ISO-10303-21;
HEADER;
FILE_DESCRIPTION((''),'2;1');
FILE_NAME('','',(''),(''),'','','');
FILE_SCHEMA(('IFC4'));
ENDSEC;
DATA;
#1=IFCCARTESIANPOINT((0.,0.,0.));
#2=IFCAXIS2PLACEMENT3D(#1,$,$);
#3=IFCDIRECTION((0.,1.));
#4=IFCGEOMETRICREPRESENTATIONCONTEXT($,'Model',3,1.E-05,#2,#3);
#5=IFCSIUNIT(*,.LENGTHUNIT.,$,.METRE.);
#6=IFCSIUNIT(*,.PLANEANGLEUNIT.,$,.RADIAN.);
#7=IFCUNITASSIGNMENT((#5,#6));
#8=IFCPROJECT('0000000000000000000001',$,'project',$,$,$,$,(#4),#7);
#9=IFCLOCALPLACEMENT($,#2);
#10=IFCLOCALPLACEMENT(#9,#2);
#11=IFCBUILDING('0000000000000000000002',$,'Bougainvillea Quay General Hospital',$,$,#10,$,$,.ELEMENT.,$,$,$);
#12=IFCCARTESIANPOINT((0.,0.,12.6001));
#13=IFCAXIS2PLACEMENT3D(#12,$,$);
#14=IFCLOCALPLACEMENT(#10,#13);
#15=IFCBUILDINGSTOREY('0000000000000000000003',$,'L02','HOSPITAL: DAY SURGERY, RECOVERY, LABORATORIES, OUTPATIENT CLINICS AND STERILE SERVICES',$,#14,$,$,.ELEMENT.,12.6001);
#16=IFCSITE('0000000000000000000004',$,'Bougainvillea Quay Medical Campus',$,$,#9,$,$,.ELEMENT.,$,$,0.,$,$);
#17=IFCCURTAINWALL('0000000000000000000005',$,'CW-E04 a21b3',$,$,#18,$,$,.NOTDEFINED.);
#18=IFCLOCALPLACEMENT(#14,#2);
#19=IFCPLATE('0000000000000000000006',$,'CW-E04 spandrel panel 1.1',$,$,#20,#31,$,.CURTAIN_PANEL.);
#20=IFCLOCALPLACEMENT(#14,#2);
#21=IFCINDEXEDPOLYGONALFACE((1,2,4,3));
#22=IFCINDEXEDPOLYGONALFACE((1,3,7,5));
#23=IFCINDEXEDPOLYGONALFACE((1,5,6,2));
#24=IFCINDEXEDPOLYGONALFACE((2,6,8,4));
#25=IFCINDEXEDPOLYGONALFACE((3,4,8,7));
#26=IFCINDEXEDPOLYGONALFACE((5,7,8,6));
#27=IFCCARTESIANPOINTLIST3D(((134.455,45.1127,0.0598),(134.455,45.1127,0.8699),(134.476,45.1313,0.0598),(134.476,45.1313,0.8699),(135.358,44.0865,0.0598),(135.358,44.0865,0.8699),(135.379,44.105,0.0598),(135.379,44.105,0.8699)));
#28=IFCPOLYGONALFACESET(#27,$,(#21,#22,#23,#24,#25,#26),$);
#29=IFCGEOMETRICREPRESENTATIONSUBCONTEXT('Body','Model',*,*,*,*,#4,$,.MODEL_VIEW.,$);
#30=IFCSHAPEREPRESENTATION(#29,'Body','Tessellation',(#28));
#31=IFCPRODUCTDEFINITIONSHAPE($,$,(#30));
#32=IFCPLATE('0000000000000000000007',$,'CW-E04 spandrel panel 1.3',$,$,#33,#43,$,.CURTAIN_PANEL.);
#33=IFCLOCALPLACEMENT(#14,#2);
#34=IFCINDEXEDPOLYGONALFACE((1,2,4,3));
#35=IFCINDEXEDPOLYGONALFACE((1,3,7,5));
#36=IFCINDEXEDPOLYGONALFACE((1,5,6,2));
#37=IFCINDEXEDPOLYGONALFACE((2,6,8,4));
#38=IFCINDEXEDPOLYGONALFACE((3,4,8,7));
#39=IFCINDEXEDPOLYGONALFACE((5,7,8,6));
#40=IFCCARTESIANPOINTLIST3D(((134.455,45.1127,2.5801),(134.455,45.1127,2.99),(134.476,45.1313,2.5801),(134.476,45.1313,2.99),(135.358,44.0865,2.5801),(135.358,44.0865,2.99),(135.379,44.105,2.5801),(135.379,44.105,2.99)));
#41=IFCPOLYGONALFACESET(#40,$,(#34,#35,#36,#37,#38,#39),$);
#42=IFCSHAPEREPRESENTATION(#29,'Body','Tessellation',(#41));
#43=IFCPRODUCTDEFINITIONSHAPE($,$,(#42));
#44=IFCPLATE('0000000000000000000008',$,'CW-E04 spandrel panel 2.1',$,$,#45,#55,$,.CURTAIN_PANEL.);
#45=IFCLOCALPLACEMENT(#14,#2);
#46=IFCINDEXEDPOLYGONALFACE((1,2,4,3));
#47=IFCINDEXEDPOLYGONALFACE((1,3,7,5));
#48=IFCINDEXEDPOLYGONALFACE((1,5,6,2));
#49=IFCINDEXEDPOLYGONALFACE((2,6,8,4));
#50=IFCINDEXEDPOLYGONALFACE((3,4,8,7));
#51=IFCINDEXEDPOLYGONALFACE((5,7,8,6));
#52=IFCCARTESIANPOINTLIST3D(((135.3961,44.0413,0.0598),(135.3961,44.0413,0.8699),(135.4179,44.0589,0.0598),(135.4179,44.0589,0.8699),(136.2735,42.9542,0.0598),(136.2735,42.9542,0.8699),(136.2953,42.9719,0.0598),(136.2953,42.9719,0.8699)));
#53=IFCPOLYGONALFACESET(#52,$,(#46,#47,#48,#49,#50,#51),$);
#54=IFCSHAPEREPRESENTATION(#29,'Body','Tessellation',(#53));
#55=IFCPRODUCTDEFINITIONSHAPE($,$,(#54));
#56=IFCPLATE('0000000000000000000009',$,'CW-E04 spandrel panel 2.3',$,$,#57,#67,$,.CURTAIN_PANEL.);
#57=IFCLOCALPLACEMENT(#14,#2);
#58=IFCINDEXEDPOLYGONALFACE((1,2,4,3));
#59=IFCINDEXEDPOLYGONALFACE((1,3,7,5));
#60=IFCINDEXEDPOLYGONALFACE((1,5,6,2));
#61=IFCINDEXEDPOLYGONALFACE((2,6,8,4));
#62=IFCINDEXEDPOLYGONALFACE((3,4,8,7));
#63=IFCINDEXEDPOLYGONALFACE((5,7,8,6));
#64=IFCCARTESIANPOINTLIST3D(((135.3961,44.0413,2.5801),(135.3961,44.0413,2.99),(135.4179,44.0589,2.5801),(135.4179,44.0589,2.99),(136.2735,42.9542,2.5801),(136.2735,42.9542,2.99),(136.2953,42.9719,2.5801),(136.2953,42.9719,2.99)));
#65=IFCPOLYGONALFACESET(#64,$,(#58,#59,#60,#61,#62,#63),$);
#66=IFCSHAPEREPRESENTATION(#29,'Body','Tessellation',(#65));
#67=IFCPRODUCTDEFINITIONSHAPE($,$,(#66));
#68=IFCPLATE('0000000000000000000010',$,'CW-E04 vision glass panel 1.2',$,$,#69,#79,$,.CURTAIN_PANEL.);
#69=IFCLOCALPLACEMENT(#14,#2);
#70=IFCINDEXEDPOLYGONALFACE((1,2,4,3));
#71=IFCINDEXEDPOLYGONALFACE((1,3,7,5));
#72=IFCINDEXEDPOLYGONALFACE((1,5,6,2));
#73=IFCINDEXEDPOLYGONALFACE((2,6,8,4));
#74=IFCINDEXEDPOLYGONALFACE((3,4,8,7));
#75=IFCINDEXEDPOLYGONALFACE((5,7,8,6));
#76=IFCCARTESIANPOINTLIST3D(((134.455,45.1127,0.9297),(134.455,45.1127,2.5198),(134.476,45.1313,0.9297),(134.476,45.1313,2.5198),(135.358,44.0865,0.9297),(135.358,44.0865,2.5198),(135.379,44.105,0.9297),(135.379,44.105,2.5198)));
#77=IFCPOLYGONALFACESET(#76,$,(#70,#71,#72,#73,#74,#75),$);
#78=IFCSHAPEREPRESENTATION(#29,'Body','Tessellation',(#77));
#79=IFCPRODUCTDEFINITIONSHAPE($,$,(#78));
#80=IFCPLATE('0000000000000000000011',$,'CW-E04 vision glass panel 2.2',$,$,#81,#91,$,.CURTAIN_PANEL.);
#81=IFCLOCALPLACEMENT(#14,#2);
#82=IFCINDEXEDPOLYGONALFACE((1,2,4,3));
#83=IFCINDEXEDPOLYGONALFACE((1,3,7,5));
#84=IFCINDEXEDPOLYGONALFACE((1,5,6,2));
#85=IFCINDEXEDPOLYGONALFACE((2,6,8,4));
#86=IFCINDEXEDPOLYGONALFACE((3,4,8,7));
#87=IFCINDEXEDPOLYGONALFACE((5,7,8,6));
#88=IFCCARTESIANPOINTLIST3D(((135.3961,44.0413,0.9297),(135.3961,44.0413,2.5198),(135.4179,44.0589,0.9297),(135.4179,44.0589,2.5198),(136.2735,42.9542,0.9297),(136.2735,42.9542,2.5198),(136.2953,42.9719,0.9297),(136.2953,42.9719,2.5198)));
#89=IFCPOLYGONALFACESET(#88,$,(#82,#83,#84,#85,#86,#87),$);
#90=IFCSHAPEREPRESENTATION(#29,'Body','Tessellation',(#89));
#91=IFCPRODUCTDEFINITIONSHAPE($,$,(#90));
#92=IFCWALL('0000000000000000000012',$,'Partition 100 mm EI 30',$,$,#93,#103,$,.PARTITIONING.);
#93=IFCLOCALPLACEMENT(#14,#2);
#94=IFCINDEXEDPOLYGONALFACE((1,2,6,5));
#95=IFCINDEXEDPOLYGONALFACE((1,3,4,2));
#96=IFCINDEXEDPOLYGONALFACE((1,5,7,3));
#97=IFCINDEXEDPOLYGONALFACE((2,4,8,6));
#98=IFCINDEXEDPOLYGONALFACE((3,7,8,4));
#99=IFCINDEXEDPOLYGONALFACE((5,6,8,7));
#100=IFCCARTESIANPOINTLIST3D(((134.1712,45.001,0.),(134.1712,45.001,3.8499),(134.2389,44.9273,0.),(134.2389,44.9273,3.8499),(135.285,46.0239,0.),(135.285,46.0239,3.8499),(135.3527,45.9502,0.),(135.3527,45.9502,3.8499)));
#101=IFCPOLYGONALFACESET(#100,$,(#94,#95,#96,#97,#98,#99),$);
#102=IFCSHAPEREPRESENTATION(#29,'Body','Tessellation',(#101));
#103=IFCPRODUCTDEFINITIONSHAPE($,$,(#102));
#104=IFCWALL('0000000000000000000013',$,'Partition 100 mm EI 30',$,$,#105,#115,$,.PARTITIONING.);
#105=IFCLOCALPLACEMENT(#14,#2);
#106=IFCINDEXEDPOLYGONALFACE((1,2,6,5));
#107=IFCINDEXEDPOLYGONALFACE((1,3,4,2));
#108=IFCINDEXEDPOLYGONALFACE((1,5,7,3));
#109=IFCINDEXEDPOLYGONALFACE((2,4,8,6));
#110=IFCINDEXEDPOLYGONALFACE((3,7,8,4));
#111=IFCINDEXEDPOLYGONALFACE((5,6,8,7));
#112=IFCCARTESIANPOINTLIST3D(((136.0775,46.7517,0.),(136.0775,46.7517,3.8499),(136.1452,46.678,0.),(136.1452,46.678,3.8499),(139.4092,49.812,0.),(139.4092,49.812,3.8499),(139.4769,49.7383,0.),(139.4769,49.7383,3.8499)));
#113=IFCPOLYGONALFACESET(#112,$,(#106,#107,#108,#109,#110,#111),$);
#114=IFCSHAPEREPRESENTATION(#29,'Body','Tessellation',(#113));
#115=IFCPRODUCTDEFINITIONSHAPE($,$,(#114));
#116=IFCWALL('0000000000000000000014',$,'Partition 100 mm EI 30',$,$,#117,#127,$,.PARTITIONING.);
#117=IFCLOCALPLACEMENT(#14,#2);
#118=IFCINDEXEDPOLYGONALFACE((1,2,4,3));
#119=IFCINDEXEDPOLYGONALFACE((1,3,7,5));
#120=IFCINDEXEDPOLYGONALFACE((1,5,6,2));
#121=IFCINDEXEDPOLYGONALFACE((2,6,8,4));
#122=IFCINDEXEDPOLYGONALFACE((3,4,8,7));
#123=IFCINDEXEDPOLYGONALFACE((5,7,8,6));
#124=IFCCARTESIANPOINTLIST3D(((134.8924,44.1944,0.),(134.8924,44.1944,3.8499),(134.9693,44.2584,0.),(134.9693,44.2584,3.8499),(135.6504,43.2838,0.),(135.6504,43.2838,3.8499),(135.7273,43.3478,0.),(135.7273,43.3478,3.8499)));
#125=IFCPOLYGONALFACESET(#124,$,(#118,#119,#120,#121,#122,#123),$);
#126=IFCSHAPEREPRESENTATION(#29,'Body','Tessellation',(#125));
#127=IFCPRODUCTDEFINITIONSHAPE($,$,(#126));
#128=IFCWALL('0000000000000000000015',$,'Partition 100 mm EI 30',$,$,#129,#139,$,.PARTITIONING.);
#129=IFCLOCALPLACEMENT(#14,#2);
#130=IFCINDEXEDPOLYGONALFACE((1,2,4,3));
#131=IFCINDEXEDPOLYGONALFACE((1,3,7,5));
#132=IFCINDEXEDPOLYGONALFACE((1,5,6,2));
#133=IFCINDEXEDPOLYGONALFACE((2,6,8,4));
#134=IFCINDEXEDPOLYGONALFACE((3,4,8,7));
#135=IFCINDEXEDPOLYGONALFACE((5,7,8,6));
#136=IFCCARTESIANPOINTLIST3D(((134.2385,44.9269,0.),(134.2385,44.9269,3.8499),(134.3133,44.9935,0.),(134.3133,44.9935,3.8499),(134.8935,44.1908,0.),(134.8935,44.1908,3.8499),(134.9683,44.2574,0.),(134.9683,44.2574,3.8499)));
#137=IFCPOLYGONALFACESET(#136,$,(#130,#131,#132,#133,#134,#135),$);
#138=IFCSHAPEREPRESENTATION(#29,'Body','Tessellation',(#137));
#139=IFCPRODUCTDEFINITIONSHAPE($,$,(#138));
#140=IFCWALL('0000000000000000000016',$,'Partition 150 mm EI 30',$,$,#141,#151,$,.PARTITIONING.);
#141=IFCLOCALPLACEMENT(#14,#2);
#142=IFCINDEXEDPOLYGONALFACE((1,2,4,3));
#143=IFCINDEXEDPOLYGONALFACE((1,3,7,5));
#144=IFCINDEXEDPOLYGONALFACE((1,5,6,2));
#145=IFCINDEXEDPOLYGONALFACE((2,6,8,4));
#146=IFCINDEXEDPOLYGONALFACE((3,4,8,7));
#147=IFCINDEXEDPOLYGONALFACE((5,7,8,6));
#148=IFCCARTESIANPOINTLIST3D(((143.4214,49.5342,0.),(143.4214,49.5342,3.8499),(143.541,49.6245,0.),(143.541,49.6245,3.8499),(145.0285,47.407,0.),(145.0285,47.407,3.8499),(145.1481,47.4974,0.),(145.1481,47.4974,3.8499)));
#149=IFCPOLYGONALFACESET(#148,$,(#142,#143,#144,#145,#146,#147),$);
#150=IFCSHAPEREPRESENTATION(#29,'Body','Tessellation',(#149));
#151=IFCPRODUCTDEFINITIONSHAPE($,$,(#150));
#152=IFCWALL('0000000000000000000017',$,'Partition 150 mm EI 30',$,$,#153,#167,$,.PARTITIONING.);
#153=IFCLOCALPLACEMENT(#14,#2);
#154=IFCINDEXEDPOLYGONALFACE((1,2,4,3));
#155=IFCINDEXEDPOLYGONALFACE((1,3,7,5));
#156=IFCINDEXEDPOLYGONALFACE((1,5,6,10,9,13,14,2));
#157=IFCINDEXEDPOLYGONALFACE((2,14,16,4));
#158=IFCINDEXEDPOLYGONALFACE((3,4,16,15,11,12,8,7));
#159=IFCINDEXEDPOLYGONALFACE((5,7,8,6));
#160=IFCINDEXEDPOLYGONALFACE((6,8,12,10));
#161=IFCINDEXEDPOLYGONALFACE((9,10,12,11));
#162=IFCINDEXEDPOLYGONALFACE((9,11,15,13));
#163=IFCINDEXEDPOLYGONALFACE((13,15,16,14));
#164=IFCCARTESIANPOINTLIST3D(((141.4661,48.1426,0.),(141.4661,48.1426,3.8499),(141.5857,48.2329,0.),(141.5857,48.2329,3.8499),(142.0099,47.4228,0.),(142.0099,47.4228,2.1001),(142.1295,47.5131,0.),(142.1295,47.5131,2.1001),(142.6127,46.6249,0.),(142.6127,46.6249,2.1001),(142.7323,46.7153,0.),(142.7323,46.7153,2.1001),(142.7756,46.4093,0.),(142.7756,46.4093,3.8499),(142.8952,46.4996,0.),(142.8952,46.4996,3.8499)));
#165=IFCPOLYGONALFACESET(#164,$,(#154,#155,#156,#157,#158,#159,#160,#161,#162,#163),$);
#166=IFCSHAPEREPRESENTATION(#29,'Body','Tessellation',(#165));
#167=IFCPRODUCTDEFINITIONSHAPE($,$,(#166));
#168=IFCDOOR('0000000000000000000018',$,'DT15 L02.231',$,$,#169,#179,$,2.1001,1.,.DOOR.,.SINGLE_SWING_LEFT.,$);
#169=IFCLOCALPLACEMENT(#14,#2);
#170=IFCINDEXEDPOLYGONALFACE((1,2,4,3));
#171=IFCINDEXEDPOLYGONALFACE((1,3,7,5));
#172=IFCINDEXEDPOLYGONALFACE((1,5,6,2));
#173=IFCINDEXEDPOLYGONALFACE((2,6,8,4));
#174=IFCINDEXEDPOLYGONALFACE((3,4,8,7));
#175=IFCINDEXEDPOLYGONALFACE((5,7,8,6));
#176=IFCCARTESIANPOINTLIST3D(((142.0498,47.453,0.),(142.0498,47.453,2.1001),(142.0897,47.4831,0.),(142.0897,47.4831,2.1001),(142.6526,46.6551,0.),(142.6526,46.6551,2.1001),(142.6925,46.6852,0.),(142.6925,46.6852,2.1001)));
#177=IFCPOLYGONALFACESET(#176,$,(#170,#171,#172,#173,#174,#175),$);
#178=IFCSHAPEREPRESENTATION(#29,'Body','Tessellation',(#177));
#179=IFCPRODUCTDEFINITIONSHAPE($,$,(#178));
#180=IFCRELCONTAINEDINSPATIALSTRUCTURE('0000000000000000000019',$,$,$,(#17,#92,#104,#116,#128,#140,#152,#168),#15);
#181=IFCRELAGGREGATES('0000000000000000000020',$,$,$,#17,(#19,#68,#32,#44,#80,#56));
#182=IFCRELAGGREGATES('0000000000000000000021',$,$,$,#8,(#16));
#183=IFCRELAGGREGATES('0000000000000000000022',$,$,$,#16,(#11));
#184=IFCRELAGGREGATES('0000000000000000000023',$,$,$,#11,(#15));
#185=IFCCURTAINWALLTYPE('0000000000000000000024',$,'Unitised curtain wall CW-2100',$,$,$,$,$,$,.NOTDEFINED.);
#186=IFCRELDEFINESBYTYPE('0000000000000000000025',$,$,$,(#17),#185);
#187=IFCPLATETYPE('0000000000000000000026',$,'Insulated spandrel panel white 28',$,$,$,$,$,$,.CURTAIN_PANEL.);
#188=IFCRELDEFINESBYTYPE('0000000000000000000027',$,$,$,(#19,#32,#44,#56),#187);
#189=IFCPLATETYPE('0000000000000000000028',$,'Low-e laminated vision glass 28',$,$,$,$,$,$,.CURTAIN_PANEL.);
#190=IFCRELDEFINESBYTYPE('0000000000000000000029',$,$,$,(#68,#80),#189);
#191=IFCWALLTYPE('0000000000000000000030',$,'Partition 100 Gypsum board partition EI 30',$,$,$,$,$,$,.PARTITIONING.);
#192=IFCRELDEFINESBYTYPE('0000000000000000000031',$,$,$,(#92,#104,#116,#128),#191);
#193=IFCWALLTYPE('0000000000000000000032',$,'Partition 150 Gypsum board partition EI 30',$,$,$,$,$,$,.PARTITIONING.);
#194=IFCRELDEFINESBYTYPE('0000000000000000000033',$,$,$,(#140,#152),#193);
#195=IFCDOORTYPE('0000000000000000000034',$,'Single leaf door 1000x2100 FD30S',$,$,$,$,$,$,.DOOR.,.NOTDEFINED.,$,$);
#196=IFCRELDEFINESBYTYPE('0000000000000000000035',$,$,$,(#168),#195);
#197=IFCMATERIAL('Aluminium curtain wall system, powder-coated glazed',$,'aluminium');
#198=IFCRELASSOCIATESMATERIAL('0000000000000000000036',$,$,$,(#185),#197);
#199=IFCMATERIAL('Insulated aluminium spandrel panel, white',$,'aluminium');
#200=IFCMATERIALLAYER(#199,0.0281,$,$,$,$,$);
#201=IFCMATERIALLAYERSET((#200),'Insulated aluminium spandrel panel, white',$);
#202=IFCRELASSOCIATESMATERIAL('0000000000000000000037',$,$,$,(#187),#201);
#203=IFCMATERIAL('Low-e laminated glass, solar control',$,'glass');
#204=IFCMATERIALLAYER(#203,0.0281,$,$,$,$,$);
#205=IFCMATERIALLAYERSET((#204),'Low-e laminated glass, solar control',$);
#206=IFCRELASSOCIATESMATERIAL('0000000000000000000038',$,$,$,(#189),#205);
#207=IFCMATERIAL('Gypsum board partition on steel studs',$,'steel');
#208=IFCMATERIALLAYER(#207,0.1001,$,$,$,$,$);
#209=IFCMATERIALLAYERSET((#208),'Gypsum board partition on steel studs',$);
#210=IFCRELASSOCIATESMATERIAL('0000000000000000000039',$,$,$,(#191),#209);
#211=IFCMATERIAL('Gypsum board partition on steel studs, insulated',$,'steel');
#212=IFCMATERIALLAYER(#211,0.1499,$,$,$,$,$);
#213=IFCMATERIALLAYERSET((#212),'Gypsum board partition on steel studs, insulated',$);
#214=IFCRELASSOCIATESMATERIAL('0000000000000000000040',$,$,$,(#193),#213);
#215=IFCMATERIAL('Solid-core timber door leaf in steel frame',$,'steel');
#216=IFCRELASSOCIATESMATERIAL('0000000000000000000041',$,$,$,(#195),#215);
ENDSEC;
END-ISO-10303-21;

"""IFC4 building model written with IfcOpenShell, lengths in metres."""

from ifc_helpers import new_model, si_unit, direction, frame, frame_2d, origin, origin_2d, place, context, subcontext, project, spatial, rectangle, extrude, material, layer, layer_set, type_object, element, fill, aggregate, save


model = new_model("IFC4")

# Units and contexts
model_context = context("Model", 3, precision=1e-05, world=origin(), true_north=direction((0.0, 1.0)))
body_context = subcontext(model_context, "Body", "Model", "MODEL_VIEW")
ifc_project = project(units=[si_unit("LENGTHUNIT", "METRE"), si_unit("PLANEANGLEUNIT", "RADIAN")], contexts=[model_context])

# Site, building, storey
site_placement = place(None, origin())
site = spatial("IfcSite", under=ifc_project, at=site_placement, Name="Bougainvillea Quay Medical Campus", CompositionType="ELEMENT", RefElevation=0.0)
building_placement = place(site_placement, origin())
building = spatial("IfcBuilding", under=site, at=building_placement, Name="Bougainvillea Quay General Hospital", CompositionType="ELEMENT")
storey_placement = place(building_placement, frame((0.0, 0.0, 12.6001)))
storey = spatial("IfcBuildingStorey", under=building, at=storey_placement, Name="L02", Description="HOSPITAL: DAY SURGERY, RECOVERY, LABORATORIES, OUTPATIENT CLINICS AND STERILE SERVICES", CompositionType="ELEMENT", Elevation=12.6001)

# Shared definitions
ifc_material_1 = material(Name="Aluminium curtain wall system, powder-coated glazed", Category="aluminium")
curtain_wall_type = type_object("IfcCurtainWallType", Name="Unitised curtain wall CW-2100", PredefinedType="NOTDEFINED", material=ifc_material_1)

# Curtain wall, plates
curtain_wall_1_placement = place(storey_placement, origin())
curtain_wall_1 = element("IfcCurtainWall", 1, at=curtain_wall_1_placement, inside=storey, type_object=curtain_wall_type, Name="CW-E04 a21b3", PredefinedType="NOTDEFINED")
ifc_material_2 = material(Name="Insulated aluminium spandrel panel, white", Category="aluminium")
ifc_layer_1 = layer(ifc_material_2, 0.0281)
ifc_layer_set_1 = layer_set([ifc_layer_1], Name="Insulated aluminium spandrel panel, white")
plate_type_1 = type_object("IfcPlateType", Name="Insulated spandrel panel white 28", PredefinedType="CURTAIN_PANEL", material=ifc_layer_set_1)
plate_1_placement = place(storey_placement, frame((134.917, 44.6089, 0.0598), z_axis=(0.0, 0.0, 1.0), x_axis=(0.660596, -0.750742, 0.0)))
plate_1 = element("IfcPlate", 2, at=plate_1_placement, type_object=plate_type_1, Name="CW-E04 spandrel panel 1.1", PredefinedType="CURTAIN_PANEL", context=body_context, shape_type="SweptSolid", body=[
    extrude(rectangle(XDim=1.3669, YDim=0.0281, at=origin_2d()), origin(), (0.0, 0.0, 1.0), 0.8101),
])
plate_2_placement = place(storey_placement, frame((134.917, 44.6089, 2.5801), z_axis=(0.0, 0.0, 1.0), x_axis=(0.660596, -0.750742, 0.0)))
plate_2 = element("IfcPlate", 3, at=plate_2_placement, type_object=plate_type_1, Name="CW-E04 spandrel panel 1.3", PredefinedType="CURTAIN_PANEL", context=body_context, shape_type="SweptSolid", body=[
    extrude(rectangle(XDim=1.3669, YDim=0.0281, at=origin_2d()), origin(), (0.0, 0.0, 1.0), 0.4099),
])
plate_3_placement = place(storey_placement, frame((135.8457, 43.5066, 0.0598), z_axis=(0.0, 0.0, 1.0), x_axis=(0.628072, -0.778155, 0.0)))
plate_3 = element("IfcPlate", 4, at=plate_3_placement, type_object=plate_type_1, Name="CW-E04 spandrel panel 2.1", PredefinedType="CURTAIN_PANEL", context=body_context, shape_type="SweptSolid", body=[
    extrude(rectangle(XDim=1.397, YDim=0.0281, at=origin_2d()), origin(), (0.0, 0.0, 1.0), 0.8101),
])
plate_4_placement = place(storey_placement, frame((135.8457, 43.5066, 2.5801), z_axis=(0.0, 0.0, 1.0), x_axis=(0.628072, -0.778155, 0.0)))
plate_4 = element("IfcPlate", 5, at=plate_4_placement, type_object=plate_type_1, Name="CW-E04 spandrel panel 2.3", PredefinedType="CURTAIN_PANEL", context=body_context, shape_type="SweptSolid", body=[
    extrude(rectangle(XDim=1.397, YDim=0.0281, at=origin_2d()), origin(), (0.0, 0.0, 1.0), 0.4099),
])
ifc_material_3 = material(Name="Low-e laminated glass, solar control", Category="glass")
ifc_layer_2 = layer(ifc_material_3, 0.0281)
ifc_layer_set_2 = layer_set([ifc_layer_2], Name="Low-e laminated glass, solar control")
plate_type_2 = type_object("IfcPlateType", Name="Low-e laminated vision glass 28", PredefinedType="CURTAIN_PANEL", material=ifc_layer_set_2)
plate_5_placement = place(storey_placement, frame((134.917, 44.6089, 0.9297), z_axis=(0.0, 0.0, 1.0), x_axis=(0.660596, -0.750742, 0.0)))
plate_5 = element("IfcPlate", 6, at=plate_5_placement, type_object=plate_type_2, Name="CW-E04 vision glass panel 1.2", PredefinedType="CURTAIN_PANEL", context=body_context, shape_type="SweptSolid", body=[
    extrude(rectangle(XDim=1.3669, YDim=0.0281, at=origin_2d()), origin(), (0.0, 0.0, 1.0), 1.5901),
])
plate_6_placement = place(storey_placement, frame((135.8457, 43.5066, 0.9297), z_axis=(0.0, 0.0, 1.0), x_axis=(0.628072, -0.778155, 0.0)))
plate_6 = element("IfcPlate", 7, at=plate_6_placement, type_object=plate_type_2, Name="CW-E04 vision glass panel 2.2", PredefinedType="CURTAIN_PANEL", context=body_context, shape_type="SweptSolid", body=[
    extrude(rectangle(XDim=1.397, YDim=0.0281, at=origin_2d()), origin(), (0.0, 0.0, 1.0), 1.5901),
])
aggregate(curtain_wall_1, [plate_1, plate_5, plate_2, plate_3, plate_6, plate_4])

# Walls
ifc_material_4 = material(Name="Gypsum board partition on steel studs", Category="steel")
ifc_layer_3 = layer(ifc_material_4, 0.1001)
ifc_layer_set_3 = layer_set([ifc_layer_3], Name="Gypsum board partition on steel studs")
wall_type_1 = type_object("IfcWallType", Name="Partition 100 Gypsum board partition EI 30", PredefinedType="PARTITIONING", material=ifc_layer_set_3)
wall_1_placement = place(storey_placement, frame((134.2051, 44.9641, 0.0), z_axis=(0.0, 0.0, 1.0), x_axis=(0.736497, 0.676441, 0.0)))
element("IfcWall", 8, at=wall_1_placement, inside=storey, type_object=wall_type_1, Name="Partition 100 mm EI 30", PredefinedType="PARTITIONING", context=body_context, shape_type="SweptSolid", body=[
    extrude(rectangle(XDim=1.5122, YDim=0.1001, at=frame_2d((0.7561, 0.0))), origin(), (0.0, 0.0, 1.0), 3.8499),
])
wall_2_placement = place(storey_placement, frame((136.1113, 46.7148, 0.0), z_axis=(0.0, 0.0, 1.0), x_axis=(0.736475, 0.676465, 0.0)))
element("IfcWall", 9, at=wall_2_placement, inside=storey, type_object=wall_type_1, Name="Partition 100 mm EI 30", PredefinedType="PARTITIONING", context=body_context, shape_type="SweptSolid", body=[
    extrude(rectangle(XDim=4.5239, YDim=0.1001, at=frame_2d((2.262, 0.0))), origin(), (0.0, 0.0, 1.0), 3.8499),
])
wall_3_placement = place(storey_placement, frame((134.9309, 44.2263, 0.0), z_axis=(0.0, 0.0, 1.0), x_axis=(0.639779, -0.768559, 0.0)))
element("IfcWall", 10, at=wall_3_placement, inside=storey, type_object=wall_type_1, Name="Partition 100 mm EI 30", PredefinedType="PARTITIONING", context=body_context, shape_type="SweptSolid", body=[
    extrude(rectangle(XDim=1.1848, YDim=0.1001, at=frame_2d((0.5923, 0.0))), origin(), (0.0, 0.0, 1.0), 3.8499),
])
wall_4_placement = place(storey_placement, frame((134.2759, 44.9602, 0.0), z_axis=(0.0, 0.0, 1.0), x_axis=(0.664779, -0.74704, 0.0)))
element("IfcWall", 11, at=wall_4_placement, inside=storey, type_object=wall_type_1, Name="Partition 100 mm EI 30", PredefinedType="PARTITIONING", context=body_context, shape_type="SweptSolid", body=[
    extrude(rectangle(XDim=0.9854, YDim=0.1001, at=frame_2d((0.4927, 0.0))), origin(), (0.0, 0.0, 1.0), 3.8499),
])
ifc_material_5 = material(Name="Gypsum board partition on steel studs, insulated", Category="steel")
ifc_layer_4 = layer(ifc_material_5, 0.1499)
ifc_layer_set_4 = layer_set([ifc_layer_4], Name="Gypsum board partition on steel studs, insulated")
wall_type_2 = type_object("IfcWallType", Name="Partition 150 Gypsum board partition EI 30", PredefinedType="PARTITIONING", material=ifc_layer_set_4)
wall_5_placement = place(storey_placement, frame((143.4812, 49.5793, 0.0), z_axis=(0.0, 0.0, 1.0), x_axis=(0.602824, -0.797874, 0.0)))
element("IfcWall", 12, at=wall_5_placement, inside=storey, type_object=wall_type_2, Name="Partition 150 mm EI 30", PredefinedType="PARTITIONING", context=body_context, shape_type="SweptSolid", body=[
    extrude(rectangle(XDim=2.666, YDim=0.1499, at=frame_2d((1.333, 0.0))), origin(), (0.0, 0.0, 1.0), 3.8499),
])

# Wall, opening, door
wall_6_placement = place(storey_placement, frame((141.5259, 48.1877, 0.0), z_axis=(0.0, 0.0, 1.0), x_axis=(0.602801, -0.797891, 0.0)))
wall_6 = element("IfcWall", 13, at=wall_6_placement, inside=storey, type_object=wall_type_2, Name="Partition 150 mm EI 30", PredefinedType="PARTITIONING", context=body_context, shape_type="SweptSolid", body=[
    extrude(rectangle(XDim=2.1724, YDim=0.1499, at=frame_2d((1.0862, 0.0))), origin(), (0.0, 0.0, 1.0), 3.8499),
])
opening_1_placement = place(wall_6_placement, frame((0.9021, 0.0, 0.0)))
opening_1 = element("IfcOpeningElement", 14, at=opening_1_placement, cuts=wall_6, PredefinedType="OPENING", context=body_context, shape_type="SweptSolid", body=[
    extrude(rectangle(XDim=1.0, YDim=2.1001, at=frame_2d((0.5, 1.05))), frame((0.0, 0.085, 0.0), z_axis=(0.0, -1.0, 0.0), x_axis=(1.0, 0.0, 0.0)), (0.0, 0.0, 1.0), 0.1699),
])
ifc_material_6 = material(Name="Solid-core timber door leaf in steel frame", Category="steel")
door_type = type_object("IfcDoorType", Name="Single leaf door 1000x2100 FD30S", OperationType="NOTDEFINED", PredefinedType="DOOR", material=ifc_material_6)
door_1_placement = place(opening_1_placement, frame((1.0, 0.0, 0.0), z_axis=(0.0, 0.0, 1.0), x_axis=(-1.0, 0.0, 0.0)))
door_1 = element("IfcDoor", 15, at=door_1_placement, inside=storey, type_object=door_type, Name="DT15 L02.231", OperationType="SINGLE_SWING_LEFT", OverallHeight=2.1001, OverallWidth=1.0, PredefinedType="DOOR", context=body_context, shape_type="SweptSolid", body=[
    extrude(rectangle(XDim=1.0, YDim=2.1001, at=frame_2d((0.5, 1.05))), frame((0.0, 0.0249, 0.0), z_axis=(0.0, -1.0, 0.0), x_axis=(1.0, 0.0, 0.0)), (0.0, 0.0, 1.0), 0.05),
])
fill(opening_1, door_1)

save(model, "model.ifc")
